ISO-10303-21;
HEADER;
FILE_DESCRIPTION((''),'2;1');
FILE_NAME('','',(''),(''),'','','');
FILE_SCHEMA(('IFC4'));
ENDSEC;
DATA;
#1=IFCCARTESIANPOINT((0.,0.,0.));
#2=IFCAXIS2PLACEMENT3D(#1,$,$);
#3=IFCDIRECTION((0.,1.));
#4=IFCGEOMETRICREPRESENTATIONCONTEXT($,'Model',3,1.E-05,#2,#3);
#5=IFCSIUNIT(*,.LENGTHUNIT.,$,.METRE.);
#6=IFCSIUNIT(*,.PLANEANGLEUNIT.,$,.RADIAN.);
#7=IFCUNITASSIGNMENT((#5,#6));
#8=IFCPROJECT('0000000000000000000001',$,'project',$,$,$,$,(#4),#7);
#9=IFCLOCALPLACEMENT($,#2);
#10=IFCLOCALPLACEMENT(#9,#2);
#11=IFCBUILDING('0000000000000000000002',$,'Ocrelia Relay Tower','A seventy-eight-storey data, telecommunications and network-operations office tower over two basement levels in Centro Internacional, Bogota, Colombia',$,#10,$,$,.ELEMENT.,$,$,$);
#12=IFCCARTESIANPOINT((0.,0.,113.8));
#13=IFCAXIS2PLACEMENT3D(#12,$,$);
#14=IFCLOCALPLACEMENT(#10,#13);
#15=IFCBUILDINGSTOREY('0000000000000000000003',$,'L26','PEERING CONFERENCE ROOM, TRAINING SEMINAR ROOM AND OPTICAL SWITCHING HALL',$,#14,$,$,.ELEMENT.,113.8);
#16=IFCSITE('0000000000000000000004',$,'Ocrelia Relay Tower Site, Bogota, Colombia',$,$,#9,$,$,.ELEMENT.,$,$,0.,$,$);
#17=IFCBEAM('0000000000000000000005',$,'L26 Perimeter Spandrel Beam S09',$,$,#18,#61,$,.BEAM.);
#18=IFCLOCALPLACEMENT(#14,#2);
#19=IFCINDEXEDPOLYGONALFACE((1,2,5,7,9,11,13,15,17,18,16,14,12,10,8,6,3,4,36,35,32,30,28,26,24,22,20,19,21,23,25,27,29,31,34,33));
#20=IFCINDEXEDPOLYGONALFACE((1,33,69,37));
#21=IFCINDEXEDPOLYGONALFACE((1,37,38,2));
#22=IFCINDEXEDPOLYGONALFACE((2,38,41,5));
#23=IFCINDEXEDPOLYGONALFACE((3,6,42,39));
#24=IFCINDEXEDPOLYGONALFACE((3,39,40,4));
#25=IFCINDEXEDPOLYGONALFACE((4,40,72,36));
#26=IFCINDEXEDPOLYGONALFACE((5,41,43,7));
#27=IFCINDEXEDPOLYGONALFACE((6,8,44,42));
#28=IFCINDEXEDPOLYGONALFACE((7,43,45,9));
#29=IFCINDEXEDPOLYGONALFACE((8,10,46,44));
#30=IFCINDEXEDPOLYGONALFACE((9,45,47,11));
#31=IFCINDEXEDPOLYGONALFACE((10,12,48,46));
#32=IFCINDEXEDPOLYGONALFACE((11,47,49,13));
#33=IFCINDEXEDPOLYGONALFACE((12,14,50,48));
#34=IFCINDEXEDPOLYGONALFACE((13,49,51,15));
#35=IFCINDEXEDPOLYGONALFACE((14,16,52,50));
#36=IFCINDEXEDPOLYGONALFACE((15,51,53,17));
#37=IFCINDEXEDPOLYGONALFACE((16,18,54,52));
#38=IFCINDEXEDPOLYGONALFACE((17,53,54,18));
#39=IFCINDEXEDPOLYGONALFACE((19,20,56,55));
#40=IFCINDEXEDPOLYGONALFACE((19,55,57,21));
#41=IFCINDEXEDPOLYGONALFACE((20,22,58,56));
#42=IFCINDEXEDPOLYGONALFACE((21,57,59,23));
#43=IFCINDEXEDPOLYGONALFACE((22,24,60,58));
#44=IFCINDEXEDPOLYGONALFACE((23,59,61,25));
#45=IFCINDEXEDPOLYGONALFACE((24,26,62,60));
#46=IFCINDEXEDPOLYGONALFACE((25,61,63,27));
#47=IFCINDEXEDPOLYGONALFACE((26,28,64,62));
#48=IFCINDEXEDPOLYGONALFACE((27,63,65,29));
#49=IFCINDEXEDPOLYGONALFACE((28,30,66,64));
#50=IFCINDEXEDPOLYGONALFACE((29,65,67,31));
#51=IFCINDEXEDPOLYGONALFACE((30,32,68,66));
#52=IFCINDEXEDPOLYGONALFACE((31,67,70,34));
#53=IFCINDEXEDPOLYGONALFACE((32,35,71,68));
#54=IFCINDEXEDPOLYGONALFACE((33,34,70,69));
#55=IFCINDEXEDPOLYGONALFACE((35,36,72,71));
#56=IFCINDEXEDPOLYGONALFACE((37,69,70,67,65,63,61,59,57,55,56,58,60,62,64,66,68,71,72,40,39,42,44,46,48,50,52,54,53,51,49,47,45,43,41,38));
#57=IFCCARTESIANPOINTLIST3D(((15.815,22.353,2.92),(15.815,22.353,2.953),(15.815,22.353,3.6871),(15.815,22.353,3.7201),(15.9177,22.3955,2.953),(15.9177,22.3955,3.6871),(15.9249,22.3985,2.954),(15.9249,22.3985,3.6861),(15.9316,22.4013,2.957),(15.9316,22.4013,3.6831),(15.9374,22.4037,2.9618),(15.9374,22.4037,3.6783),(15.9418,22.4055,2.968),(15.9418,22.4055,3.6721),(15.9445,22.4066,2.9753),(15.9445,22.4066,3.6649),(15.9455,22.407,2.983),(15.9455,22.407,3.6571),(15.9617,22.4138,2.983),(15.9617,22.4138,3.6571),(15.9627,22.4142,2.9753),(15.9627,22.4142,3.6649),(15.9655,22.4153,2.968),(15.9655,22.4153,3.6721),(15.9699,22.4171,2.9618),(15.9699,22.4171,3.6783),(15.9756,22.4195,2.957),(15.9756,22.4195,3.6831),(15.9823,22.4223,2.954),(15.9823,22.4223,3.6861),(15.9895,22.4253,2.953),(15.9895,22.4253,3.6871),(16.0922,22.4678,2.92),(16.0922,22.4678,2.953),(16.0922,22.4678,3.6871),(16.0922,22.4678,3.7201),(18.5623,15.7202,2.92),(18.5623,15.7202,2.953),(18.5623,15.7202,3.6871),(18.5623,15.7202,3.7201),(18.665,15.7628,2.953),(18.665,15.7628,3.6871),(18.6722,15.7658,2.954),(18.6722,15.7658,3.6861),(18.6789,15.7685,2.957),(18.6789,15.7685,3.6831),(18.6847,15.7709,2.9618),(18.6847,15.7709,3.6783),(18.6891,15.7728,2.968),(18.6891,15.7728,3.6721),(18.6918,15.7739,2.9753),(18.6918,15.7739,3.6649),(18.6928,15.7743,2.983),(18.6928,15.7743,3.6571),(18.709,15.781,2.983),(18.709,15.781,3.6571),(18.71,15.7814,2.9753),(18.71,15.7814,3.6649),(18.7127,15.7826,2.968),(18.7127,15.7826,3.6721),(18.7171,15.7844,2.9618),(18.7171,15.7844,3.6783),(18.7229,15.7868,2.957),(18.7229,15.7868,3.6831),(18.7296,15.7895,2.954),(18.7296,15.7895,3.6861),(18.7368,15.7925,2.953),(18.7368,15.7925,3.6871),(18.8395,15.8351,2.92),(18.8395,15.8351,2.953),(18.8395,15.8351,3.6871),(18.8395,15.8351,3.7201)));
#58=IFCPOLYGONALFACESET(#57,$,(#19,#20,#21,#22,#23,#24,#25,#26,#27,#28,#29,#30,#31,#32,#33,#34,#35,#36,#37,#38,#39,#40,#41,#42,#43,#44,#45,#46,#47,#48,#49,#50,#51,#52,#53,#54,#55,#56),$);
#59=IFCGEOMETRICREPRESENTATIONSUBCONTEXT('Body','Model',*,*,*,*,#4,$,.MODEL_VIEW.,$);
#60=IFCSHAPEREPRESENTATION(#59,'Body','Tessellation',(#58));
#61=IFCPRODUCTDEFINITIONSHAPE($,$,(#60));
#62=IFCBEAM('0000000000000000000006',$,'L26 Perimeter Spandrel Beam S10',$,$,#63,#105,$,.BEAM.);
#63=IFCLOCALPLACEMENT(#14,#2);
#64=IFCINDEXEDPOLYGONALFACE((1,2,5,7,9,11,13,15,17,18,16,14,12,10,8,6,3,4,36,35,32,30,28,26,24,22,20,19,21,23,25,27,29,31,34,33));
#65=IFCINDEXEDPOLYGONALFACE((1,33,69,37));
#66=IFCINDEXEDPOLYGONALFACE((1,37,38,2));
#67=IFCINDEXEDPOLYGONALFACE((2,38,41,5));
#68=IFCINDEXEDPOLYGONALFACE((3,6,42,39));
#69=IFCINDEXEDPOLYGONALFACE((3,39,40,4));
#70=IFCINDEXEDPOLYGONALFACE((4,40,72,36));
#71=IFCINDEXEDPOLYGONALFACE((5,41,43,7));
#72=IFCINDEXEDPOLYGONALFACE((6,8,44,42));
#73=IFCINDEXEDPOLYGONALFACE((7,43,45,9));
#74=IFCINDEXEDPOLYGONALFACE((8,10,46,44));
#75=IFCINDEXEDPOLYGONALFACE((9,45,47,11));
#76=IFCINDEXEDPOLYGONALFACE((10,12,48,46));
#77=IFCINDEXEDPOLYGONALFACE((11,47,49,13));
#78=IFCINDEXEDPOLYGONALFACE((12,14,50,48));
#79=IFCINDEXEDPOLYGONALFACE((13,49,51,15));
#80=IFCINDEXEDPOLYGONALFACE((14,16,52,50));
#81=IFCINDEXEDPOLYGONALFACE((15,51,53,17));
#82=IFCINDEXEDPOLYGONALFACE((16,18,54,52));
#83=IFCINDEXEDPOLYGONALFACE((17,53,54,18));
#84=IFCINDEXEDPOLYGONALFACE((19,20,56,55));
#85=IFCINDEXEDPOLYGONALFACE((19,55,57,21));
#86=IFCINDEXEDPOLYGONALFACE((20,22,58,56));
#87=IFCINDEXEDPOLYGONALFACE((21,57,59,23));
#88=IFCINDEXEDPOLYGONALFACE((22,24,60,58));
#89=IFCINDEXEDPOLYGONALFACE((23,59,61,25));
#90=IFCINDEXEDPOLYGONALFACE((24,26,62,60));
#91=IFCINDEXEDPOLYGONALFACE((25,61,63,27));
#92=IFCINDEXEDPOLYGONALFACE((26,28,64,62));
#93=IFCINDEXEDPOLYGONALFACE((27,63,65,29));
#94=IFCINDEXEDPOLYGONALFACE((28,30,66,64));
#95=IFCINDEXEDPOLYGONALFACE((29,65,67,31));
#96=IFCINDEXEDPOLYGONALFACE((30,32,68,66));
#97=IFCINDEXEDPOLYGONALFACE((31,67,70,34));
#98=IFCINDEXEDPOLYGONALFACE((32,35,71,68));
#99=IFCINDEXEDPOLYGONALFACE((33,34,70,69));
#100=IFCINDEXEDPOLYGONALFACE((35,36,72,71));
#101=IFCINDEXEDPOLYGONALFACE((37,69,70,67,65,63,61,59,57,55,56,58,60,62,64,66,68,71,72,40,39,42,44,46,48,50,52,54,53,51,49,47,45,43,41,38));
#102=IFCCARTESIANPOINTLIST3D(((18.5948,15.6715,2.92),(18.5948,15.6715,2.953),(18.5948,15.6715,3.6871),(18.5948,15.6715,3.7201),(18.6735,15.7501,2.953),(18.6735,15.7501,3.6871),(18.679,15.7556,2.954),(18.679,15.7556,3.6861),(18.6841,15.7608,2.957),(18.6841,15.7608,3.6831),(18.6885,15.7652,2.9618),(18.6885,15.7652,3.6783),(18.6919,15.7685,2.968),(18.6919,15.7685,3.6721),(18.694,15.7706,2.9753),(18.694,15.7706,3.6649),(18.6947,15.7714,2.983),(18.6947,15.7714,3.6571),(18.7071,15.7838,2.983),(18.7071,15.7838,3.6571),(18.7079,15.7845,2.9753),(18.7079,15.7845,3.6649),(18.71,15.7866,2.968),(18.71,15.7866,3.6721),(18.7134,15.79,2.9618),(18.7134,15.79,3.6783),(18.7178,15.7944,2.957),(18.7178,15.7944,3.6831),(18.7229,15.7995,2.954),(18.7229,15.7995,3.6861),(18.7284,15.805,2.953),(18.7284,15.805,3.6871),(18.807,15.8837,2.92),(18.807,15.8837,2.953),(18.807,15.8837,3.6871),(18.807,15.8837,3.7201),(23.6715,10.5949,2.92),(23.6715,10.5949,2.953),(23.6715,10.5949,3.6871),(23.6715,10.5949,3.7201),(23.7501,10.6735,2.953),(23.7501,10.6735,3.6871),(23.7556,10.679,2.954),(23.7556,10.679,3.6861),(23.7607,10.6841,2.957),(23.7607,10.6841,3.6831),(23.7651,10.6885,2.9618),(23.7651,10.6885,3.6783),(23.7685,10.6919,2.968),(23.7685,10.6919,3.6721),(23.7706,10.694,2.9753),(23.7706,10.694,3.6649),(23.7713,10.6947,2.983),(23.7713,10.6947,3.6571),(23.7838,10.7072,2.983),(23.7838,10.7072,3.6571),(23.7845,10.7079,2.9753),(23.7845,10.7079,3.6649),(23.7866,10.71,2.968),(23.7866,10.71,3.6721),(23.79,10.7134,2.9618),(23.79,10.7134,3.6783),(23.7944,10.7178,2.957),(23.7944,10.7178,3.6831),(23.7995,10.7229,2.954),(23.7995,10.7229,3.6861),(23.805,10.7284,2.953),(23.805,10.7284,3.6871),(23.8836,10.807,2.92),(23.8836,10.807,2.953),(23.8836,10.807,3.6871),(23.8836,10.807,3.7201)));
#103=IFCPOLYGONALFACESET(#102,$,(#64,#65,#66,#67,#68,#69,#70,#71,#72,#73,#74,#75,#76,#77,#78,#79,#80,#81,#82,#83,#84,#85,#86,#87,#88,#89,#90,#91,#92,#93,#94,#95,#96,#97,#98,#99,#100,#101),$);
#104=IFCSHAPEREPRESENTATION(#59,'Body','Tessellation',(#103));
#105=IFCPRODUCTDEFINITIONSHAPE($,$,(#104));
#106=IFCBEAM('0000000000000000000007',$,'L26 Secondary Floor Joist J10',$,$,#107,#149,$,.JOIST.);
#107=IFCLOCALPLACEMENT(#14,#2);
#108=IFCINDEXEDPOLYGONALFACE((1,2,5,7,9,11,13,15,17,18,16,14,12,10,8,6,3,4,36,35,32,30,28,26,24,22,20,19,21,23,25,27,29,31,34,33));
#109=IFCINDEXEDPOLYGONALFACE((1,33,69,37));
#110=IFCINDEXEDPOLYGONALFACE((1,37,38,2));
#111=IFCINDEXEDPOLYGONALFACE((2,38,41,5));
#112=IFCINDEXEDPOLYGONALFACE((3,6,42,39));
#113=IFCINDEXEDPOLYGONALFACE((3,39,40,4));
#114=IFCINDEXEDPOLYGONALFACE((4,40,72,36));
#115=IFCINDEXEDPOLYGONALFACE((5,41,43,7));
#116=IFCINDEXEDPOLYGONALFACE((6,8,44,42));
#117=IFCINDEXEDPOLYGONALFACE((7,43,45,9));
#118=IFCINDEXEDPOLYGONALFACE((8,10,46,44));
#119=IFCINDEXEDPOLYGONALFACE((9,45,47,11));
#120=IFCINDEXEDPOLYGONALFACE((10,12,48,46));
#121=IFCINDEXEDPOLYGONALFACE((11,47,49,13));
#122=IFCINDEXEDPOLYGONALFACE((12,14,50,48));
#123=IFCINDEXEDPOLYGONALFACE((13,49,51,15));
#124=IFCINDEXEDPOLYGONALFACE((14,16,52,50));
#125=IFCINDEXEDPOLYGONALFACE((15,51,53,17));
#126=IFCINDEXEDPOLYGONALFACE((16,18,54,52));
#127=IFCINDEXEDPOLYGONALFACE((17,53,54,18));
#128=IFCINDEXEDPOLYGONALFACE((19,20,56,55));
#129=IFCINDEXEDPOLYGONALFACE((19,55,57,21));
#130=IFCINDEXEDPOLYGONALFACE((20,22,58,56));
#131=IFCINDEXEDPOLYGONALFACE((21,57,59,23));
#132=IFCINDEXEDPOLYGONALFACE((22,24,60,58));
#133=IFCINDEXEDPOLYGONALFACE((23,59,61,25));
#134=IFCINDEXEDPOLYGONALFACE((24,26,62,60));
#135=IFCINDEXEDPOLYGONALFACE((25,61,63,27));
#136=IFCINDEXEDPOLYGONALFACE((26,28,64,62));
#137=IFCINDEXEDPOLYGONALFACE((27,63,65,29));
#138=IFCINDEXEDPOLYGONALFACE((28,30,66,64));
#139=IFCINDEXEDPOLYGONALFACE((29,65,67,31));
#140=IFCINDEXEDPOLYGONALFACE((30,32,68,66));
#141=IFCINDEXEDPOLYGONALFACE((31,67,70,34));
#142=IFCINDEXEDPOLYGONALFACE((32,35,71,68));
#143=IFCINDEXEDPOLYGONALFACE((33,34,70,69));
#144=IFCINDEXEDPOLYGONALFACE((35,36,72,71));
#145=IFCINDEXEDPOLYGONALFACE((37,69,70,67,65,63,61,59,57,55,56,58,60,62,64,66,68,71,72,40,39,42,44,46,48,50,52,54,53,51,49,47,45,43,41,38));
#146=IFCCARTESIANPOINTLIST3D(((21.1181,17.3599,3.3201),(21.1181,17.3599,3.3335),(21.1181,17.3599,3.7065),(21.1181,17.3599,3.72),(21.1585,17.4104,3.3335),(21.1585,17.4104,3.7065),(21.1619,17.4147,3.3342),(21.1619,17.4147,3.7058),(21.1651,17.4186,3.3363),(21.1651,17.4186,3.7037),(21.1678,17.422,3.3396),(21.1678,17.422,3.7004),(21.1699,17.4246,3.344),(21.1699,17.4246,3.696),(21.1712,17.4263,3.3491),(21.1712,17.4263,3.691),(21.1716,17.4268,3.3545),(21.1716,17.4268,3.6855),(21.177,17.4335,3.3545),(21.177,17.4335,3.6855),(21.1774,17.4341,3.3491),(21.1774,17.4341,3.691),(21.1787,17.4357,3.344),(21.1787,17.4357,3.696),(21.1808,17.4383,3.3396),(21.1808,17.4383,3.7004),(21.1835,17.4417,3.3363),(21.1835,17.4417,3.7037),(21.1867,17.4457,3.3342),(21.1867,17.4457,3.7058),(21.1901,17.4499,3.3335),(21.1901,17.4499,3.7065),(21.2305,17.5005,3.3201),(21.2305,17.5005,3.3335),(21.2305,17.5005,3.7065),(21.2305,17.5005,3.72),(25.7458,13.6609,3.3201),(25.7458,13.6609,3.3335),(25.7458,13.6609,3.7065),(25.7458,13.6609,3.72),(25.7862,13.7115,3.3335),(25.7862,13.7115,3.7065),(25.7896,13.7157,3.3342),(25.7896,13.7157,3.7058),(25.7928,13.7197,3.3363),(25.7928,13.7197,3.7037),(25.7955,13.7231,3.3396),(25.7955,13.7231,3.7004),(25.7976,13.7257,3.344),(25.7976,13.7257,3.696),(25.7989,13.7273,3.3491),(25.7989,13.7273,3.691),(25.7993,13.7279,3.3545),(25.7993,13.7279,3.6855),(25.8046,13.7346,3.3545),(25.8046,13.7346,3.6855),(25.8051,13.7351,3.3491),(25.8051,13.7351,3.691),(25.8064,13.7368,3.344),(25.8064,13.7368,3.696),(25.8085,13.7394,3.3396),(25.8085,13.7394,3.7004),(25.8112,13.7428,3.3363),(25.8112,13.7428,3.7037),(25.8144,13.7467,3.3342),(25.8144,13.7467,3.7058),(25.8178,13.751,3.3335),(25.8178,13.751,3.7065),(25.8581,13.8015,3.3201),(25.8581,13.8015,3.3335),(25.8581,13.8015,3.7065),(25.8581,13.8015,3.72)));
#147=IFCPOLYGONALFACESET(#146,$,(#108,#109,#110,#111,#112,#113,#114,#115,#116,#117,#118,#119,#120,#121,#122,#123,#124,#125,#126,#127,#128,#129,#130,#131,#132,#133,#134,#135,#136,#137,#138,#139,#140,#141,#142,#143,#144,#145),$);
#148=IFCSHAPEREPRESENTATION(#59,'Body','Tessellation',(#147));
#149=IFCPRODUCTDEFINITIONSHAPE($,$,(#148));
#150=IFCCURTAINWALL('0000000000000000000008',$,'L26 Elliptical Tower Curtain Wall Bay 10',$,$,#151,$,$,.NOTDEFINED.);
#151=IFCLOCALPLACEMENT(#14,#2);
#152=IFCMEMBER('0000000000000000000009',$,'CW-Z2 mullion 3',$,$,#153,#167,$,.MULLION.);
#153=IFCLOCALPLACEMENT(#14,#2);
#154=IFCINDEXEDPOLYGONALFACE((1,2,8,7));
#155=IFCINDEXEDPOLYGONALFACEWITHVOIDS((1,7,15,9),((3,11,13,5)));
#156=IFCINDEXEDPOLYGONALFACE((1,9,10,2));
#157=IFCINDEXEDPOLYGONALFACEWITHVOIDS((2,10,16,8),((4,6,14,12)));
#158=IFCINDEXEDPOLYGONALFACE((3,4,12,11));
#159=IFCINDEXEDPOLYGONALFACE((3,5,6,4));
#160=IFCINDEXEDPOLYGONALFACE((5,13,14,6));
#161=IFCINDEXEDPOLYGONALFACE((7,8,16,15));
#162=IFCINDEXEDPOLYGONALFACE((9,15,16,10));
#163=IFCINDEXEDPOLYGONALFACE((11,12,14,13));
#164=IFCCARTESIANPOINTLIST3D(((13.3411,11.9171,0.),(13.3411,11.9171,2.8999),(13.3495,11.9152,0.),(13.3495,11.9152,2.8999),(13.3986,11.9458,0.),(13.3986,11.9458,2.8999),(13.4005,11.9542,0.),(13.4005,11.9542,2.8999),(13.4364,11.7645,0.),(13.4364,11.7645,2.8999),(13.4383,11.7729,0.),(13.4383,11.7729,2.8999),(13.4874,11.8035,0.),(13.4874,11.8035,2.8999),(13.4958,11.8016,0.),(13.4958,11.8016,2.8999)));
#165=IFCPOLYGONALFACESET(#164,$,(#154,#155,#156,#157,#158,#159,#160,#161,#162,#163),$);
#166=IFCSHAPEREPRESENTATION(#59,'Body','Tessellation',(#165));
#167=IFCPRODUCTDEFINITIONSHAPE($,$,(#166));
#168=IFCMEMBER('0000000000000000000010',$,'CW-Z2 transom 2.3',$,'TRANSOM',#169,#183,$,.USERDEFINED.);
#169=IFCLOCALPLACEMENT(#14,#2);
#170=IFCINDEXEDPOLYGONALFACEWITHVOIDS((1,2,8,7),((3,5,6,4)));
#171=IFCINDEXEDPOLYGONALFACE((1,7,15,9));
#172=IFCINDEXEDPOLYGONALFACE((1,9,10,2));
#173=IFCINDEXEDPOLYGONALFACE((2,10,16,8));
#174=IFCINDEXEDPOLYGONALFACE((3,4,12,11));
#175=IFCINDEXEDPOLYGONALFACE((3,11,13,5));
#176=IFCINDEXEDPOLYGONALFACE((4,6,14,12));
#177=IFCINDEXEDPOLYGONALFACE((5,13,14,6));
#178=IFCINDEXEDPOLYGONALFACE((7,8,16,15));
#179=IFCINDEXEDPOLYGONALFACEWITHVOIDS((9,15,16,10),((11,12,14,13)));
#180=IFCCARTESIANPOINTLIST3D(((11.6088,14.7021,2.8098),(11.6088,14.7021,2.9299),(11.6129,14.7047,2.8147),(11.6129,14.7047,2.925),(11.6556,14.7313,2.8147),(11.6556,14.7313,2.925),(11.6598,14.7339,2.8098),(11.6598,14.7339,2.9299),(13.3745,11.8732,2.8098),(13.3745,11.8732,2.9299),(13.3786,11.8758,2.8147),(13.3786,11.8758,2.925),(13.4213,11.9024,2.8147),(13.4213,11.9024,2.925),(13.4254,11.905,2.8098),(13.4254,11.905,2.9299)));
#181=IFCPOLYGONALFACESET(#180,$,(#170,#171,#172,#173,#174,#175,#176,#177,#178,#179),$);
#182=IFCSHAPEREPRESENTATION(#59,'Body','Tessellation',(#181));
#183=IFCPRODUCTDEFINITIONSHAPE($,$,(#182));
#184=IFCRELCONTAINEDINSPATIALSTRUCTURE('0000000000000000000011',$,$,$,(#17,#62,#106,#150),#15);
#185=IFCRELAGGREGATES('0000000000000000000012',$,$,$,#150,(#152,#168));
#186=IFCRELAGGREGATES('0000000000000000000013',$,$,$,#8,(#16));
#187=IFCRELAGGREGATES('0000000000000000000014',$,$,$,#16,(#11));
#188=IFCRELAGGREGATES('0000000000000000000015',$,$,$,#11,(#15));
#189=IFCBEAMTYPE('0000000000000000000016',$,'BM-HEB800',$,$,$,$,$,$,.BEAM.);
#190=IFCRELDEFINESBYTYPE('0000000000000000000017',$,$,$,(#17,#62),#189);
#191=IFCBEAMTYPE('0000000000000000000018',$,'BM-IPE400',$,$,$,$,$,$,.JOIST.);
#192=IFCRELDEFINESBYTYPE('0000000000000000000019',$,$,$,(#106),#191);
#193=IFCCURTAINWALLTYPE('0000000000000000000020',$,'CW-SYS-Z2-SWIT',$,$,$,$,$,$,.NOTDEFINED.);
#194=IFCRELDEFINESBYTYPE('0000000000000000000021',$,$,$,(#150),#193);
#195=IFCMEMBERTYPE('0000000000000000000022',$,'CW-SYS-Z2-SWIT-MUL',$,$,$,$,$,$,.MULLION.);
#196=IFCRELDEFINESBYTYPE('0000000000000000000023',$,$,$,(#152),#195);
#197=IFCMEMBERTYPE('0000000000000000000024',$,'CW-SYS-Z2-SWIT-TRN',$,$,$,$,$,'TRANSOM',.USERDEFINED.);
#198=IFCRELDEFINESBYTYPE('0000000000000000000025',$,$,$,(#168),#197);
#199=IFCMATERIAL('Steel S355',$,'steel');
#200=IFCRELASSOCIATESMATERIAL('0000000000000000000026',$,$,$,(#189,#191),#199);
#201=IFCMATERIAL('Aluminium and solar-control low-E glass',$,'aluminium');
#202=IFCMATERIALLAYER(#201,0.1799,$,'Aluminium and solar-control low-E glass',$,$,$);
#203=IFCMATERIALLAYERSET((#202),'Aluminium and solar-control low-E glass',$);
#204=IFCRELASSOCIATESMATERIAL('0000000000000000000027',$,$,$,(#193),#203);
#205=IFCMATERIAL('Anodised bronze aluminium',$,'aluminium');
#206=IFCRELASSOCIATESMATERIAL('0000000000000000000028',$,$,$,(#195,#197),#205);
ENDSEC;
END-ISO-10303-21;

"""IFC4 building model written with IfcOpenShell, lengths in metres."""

from ifc_helpers import new_model, si_unit, direction, frame, origin, origin_2d, place, context, subcontext, project, spatial, hollow_rectangle, i_section, extrude, material, layer, layer_set, material_profile, profile_set, type_object, element, aggregate, save


model = new_model("IFC4")

# Units and contexts
model_context = context("Model", 3, precision=1e-05, world=origin(), true_north=direction((0.0, 1.0)))
body_context = subcontext(model_context, "Body", "Model", "MODEL_VIEW")
ifc_project = project(units=[si_unit("LENGTHUNIT", "METRE"), si_unit("PLANEANGLEUNIT", "RADIAN")], contexts=[model_context])

# Site, building, storey
site_placement = place(None, origin())
site = spatial("IfcSite", under=ifc_project, at=site_placement, Name="Ocrelia Relay Tower Site, Bogota, Colombia", CompositionType="ELEMENT", RefElevation=0.0)
building_placement = place(site_placement, origin())
building = spatial("IfcBuilding", under=site, at=building_placement, Name="Ocrelia Relay Tower", Description="A seventy-eight-storey data, telecommunications and network-operations office tower over two basement levels in Centro Internacional, Bogota, Colombia", CompositionType="ELEMENT")
storey_placement = place(building_placement, frame((0.0, 0.0, 113.8)))
storey = spatial("IfcBuildingStorey", under=building, at=storey_placement, Name="L26", Description="PEERING CONFERENCE ROOM, TRAINING SEMINAR ROOM AND OPTICAL SWITCHING HALL", CompositionType="ELEMENT", Elevation=113.8)

# Beams
ifc_material_1 = material(Name="Steel S355", Category="steel")
ifc_material_profile_1 = material_profile(ifc_material_1, i_section(OverallWidth=0.3, OverallDepth=0.8, WebThickness=0.0176, FlangeThickness=0.033, FilletRadius=0.03, at=origin_2d()), Name="HEB 800")
ifc_profile_set_1 = profile_set([ifc_material_profile_1], Name="Steel S355")
beam_type_1 = type_object("IfcBeamType", Name="BM-HEB800", PredefinedType="BEAM", material=ifc_profile_set_1)
beam_1_placement = place(storey_placement, frame((15.9536, 22.4104, 3.3201), z_axis=(0.382673, -0.923884, 0.0), x_axis=(0.923884, 0.382673, 0.0)))
element("IfcBeam", 1, at=beam_1_placement, inside=storey, type_object=beam_type_1, Name="L26 Perimeter Spandrel Beam S09", PredefinedType="BEAM", context=body_context, shape_type="SweptSolid", body=[
    extrude(i_section(OverallWidth=0.3, OverallDepth=0.8, WebThickness=0.0176, FlangeThickness=0.033, FilletRadius=0.03, at=origin_2d()), origin(), (0.0, 0.0, 1.0), 7.1792),
])
beam_2_placement = place(storey_placement, frame((18.7009, 15.7776, 3.3201), z_axis=(0.707107, -0.707107, 0.0), x_axis=(0.707107, 0.707107, 0.0)))
element("IfcBeam", 2, at=beam_2_placement, inside=storey, type_object=beam_type_1, Name="L26 Perimeter Spandrel Beam S10", PredefinedType="BEAM", context=body_context, shape_type="SweptSolid", body=[
    extrude(i_section(OverallWidth=0.3, OverallDepth=0.8, WebThickness=0.0176, FlangeThickness=0.033, FilletRadius=0.03, at=origin_2d()), origin(), (0.0, 0.0, 1.0), 7.1794),
])
ifc_material_profile_2 = material_profile(ifc_material_1, i_section(OverallWidth=0.1799, OverallDepth=0.3999, WebThickness=0.0085, FlangeThickness=0.0134, FilletRadius=0.021, at=origin_2d()), Name="IPE 400")
ifc_profile_set_2 = profile_set([ifc_material_profile_2], Name="Steel S355")
beam_type_2 = type_object("IfcBeamType", Name="BM-IPE400", PredefinedType="JOIST", material=ifc_profile_set_2)
beam_3_placement = place(storey_placement, frame((21.1743, 17.4302, 3.52), z_axis=(0.78113, -0.624368, 0.0), x_axis=(0.624368, 0.78113, 0.0)))
element("IfcBeam", 3, at=beam_3_placement, inside=storey, type_object=beam_type_2, Name="L26 Secondary Floor Joist J10", PredefinedType="JOIST", context=body_context, shape_type="SweptSolid", body=[
    extrude(i_section(OverallWidth=0.1799, OverallDepth=0.3999, WebThickness=0.0085, FlangeThickness=0.0134, FilletRadius=0.021, at=origin_2d()), origin(), (0.0, 0.0, 1.0), 5.9243),
])

# Curtain wall, members
ifc_material_2 = material(Name="Aluminium and solar-control low-E glass", Category="aluminium")
ifc_layer_1 = layer(ifc_material_2, 0.1799, Name="Aluminium and solar-control low-E glass")
ifc_layer_set_1 = layer_set([ifc_layer_1], Name="Aluminium and solar-control low-E glass")
curtain_wall_type = type_object("IfcCurtainWallType", Name="CW-SYS-Z2-SWIT", PredefinedType="NOTDEFINED", material=ifc_layer_set_1)
curtain_wall_placement = place(storey_placement, origin())
curtain_wall = element("IfcCurtainWall", 4, at=curtain_wall_placement, inside=storey, type_object=curtain_wall_type, Name="L26 Elliptical Tower Curtain Wall Bay 10", PredefinedType="NOTDEFINED")
ifc_material_3 = material(Name="Anodised bronze aluminium", Category="aluminium")
ifc_material_profile_3 = material_profile(ifc_material_3, hollow_rectangle(XDim=0.0701, YDim=0.1799, WallThickness=0.0061, at=origin_2d()), Name="CW-MUL-180x70")
ifc_profile_set_3 = profile_set([ifc_material_profile_3], Name="Anodised bronze aluminium")
member_type_1 = type_object("IfcMemberType", Name="CW-SYS-Z2-SWIT-MUL", PredefinedType="MULLION", material=ifc_profile_set_3)
member_1_placement = place(storey_placement, frame((13.4185, 11.8594, 0.0), z_axis=(0.0, 0.0, 1.0), x_axis=(0.84833, 0.529468, 0.0)))
member_1 = element("IfcMember", 5, at=member_1_placement, type_object=member_type_1, Name="CW-Z2 mullion 3", PredefinedType="MULLION", context=body_context, shape_type="SweptSolid", body=[
    extrude(hollow_rectangle(XDim=0.0701, YDim=0.1799, WallThickness=0.0061, at=origin_2d()), origin(), (0.0, 0.0, 1.0), 2.8999),
])
ifc_material_profile_4 = material_profile(ifc_material_3, hollow_rectangle(XDim=0.0601, YDim=0.1201, WallThickness=0.0049, at=origin_2d()), Name="CW-TRN-120x60")
ifc_profile_set_4 = profile_set([ifc_material_profile_4], Name="Anodised bronze aluminium")
member_type_2 = type_object("IfcMemberType", Name="CW-SYS-Z2-SWIT-TRN", ElementType="TRANSOM", PredefinedType="USERDEFINED", material=ifc_profile_set_4)
member_2_placement = place(storey_placement, frame((11.6343, 14.718, 2.8699), z_axis=(0.529479, -0.848323, 0.0), x_axis=(0.848323, 0.529479, 0.0)))
member_2 = element("IfcMember", 6, at=member_2_placement, type_object=member_type_2, Name="CW-Z2 transom 2.3", ObjectType="TRANSOM", PredefinedType="USERDEFINED", context=body_context, shape_type="SweptSolid", body=[
    extrude(hollow_rectangle(XDim=0.0601, YDim=0.1201, WallThickness=0.0049, at=origin_2d()), origin(), (0.0, 0.0, 1.0), 3.3347),
])
aggregate(curtain_wall, [member_1, member_2])

save(model, "model.ifc")
